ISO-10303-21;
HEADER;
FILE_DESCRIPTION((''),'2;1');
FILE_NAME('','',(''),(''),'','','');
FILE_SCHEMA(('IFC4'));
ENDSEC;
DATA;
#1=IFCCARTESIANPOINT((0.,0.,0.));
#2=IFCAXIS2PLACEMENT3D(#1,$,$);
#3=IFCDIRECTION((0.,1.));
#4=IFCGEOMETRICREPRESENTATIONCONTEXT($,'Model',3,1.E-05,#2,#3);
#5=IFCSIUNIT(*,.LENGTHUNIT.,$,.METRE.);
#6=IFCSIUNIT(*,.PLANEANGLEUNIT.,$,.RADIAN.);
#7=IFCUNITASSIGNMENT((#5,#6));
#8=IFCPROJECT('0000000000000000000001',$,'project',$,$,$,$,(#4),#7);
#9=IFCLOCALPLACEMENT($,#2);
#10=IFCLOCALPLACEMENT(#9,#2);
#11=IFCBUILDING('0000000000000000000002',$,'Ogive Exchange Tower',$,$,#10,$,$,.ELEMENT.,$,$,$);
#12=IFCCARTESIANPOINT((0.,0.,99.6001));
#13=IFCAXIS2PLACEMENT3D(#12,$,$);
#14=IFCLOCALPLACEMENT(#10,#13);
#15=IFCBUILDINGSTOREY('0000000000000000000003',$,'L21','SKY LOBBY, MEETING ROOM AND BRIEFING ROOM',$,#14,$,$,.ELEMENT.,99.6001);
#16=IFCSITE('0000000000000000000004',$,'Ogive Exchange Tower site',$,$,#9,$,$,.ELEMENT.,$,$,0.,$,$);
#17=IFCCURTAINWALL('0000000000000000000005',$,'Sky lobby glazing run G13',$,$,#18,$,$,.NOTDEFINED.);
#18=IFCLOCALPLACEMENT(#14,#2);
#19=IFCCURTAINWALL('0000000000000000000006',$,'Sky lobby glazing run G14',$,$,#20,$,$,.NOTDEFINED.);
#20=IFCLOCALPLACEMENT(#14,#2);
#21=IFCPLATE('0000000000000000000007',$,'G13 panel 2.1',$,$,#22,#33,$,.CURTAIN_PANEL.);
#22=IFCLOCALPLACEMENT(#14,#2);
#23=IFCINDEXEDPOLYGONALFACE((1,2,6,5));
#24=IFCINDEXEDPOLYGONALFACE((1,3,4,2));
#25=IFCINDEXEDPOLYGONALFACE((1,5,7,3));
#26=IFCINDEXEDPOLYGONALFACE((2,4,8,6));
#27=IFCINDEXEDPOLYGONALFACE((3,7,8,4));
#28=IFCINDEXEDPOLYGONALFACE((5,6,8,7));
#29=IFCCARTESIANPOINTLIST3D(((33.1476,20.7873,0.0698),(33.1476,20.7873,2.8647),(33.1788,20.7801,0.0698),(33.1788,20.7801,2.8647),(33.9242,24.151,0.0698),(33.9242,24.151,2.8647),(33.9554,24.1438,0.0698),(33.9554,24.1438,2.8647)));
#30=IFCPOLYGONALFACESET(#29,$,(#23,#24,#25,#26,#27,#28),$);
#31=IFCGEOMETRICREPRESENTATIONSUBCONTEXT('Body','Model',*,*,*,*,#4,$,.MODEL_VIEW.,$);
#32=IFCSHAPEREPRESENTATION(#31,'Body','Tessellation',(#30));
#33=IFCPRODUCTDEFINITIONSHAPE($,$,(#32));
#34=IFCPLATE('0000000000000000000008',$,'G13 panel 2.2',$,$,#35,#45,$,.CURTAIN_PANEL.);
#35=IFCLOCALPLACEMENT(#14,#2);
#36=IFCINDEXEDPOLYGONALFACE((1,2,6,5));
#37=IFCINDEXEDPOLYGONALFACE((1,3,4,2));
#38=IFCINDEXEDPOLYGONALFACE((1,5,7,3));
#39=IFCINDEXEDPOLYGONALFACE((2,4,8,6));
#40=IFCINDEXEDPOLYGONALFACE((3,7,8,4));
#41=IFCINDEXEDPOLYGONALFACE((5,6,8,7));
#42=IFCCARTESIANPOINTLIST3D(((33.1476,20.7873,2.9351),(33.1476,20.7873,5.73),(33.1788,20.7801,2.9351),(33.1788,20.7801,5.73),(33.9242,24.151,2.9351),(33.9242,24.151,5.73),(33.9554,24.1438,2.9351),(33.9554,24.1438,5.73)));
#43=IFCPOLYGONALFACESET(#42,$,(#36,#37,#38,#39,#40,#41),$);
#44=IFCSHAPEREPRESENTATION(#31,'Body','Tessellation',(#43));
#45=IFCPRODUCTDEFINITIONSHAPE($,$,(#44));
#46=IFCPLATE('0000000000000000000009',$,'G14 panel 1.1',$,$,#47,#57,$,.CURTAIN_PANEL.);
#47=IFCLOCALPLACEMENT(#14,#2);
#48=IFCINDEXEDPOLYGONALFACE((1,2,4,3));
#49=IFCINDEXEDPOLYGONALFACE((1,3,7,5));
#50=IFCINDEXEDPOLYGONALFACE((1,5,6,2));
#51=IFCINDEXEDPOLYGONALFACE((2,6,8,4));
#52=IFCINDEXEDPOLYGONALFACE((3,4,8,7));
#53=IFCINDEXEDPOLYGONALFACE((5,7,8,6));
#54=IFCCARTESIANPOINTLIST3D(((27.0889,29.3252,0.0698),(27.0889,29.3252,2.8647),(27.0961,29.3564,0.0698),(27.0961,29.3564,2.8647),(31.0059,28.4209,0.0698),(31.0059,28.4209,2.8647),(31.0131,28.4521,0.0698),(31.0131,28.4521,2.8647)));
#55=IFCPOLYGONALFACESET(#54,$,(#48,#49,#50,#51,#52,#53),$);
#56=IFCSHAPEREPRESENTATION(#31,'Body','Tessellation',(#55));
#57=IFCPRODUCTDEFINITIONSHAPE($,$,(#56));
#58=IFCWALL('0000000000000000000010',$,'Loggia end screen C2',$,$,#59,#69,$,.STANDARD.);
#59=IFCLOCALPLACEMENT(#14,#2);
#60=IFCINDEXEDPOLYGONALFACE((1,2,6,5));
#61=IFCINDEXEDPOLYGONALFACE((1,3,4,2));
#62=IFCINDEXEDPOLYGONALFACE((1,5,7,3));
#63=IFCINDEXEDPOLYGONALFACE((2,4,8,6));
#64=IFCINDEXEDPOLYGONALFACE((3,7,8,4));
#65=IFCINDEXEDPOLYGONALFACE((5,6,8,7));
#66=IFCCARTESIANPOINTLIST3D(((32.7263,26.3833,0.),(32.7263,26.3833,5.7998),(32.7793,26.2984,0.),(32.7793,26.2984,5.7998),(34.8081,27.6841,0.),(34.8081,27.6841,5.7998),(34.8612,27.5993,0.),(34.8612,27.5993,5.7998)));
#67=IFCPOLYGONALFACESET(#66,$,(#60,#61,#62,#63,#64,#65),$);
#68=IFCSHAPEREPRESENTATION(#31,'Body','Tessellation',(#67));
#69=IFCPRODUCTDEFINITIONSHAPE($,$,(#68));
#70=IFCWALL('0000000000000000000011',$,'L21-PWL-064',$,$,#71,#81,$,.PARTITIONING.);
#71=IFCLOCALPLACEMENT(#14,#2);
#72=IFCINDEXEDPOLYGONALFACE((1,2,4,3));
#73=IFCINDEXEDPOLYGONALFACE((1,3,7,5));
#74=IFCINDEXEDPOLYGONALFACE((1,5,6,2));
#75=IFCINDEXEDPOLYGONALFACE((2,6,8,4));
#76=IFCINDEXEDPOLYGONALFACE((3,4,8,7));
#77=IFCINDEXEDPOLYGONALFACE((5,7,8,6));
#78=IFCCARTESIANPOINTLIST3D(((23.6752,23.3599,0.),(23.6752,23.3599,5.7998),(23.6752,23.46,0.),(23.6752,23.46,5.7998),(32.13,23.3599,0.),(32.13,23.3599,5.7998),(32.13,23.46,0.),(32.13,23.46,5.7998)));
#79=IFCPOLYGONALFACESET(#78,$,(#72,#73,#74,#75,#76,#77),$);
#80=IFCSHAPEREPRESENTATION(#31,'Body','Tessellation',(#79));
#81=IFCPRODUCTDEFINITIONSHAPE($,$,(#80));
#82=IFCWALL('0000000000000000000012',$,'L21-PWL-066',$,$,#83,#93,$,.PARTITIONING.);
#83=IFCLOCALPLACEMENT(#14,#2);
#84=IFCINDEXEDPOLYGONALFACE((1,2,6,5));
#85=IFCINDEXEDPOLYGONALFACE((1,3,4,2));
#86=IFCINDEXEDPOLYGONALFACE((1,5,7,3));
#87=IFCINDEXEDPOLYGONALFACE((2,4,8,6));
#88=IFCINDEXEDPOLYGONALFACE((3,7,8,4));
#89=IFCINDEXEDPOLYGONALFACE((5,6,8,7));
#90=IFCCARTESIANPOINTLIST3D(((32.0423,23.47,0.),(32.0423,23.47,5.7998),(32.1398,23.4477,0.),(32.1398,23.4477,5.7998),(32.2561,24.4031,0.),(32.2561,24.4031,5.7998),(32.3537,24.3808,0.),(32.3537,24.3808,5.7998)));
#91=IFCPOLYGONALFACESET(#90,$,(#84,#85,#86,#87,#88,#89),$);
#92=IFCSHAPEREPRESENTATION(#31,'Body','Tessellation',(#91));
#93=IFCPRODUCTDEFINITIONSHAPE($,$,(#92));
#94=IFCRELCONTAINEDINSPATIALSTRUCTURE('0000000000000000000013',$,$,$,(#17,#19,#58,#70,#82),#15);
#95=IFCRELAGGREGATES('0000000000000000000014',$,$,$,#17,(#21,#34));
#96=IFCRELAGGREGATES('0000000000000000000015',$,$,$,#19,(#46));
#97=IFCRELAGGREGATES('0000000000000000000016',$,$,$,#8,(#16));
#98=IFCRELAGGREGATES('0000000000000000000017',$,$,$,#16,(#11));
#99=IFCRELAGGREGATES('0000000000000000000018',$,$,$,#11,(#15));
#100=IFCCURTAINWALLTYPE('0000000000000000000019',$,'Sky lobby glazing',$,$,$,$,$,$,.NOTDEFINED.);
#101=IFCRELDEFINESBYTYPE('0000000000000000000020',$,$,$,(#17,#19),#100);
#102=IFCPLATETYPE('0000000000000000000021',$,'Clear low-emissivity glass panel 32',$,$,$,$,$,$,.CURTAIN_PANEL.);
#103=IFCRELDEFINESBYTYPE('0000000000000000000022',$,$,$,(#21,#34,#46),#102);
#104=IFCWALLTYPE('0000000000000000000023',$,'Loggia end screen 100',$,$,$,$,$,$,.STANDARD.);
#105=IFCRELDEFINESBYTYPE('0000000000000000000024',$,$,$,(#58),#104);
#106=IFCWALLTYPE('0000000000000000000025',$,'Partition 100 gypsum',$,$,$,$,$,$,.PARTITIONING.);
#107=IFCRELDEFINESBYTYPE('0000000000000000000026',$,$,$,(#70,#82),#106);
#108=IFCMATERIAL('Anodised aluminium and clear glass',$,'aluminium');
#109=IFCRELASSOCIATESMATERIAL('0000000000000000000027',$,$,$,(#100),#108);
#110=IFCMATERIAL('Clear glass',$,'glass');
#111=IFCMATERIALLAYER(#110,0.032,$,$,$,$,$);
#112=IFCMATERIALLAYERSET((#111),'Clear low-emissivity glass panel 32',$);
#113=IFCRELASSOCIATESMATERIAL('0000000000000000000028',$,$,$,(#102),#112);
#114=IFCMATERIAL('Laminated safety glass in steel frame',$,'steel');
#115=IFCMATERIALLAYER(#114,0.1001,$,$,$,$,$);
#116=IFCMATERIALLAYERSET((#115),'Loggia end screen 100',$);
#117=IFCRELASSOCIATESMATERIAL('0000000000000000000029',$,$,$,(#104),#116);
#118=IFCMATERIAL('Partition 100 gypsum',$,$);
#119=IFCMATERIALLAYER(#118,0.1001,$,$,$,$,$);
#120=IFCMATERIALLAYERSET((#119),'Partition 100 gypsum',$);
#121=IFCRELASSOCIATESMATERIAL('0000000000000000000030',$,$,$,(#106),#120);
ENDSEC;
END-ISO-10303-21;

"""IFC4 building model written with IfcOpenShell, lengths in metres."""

from ifc_helpers import new_model, si_unit, direction, frame, frame_2d, origin, origin_2d, place, context, subcontext, project, spatial, rectangle, extrude, material, layer, layer_set, type_object, element, aggregate, save


model = new_model("IFC4")

# Units and contexts
model_context = context("Model", 3, precision=1e-05, world=origin(), true_north=direction((0.0, 1.0)))
body_context = subcontext(model_context, "Body", "Model", "MODEL_VIEW")
ifc_project = project(units=[si_unit("LENGTHUNIT", "METRE"), si_unit("PLANEANGLEUNIT", "RADIAN")], contexts=[model_context])

# Site, building, storey
site_placement = place(None, origin())
site = spatial("IfcSite", under=ifc_project, at=site_placement, Name="Ogive Exchange Tower site", CompositionType="ELEMENT", RefElevation=0.0)
building_placement = place(site_placement, origin())
building = spatial("IfcBuilding", under=site, at=building_placement, Name="Ogive Exchange Tower", CompositionType="ELEMENT")
storey_placement = place(building_placement, frame((0.0, 0.0, 99.6001)))
storey = spatial("IfcBuildingStorey", under=building, at=storey_placement, Name="L21", Description="SKY LOBBY, MEETING ROOM AND BRIEFING ROOM", CompositionType="ELEMENT", Elevation=99.6001)

# Curtain wall
ifc_material_1 = material(Name="Anodised aluminium and clear glass", Category="aluminium")
curtain_wall_type = type_object("IfcCurtainWallType", Name="Sky lobby glazing", PredefinedType="NOTDEFINED", material=ifc_material_1)
curtain_wall_1_placement = place(storey_placement, origin())
curtain_wall_1 = element("IfcCurtainWall", 1, at=curtain_wall_1_placement, inside=storey, type_object=curtain_wall_type, Name="Sky lobby glazing run G13", PredefinedType="NOTDEFINED")

# Curtain wall
curtain_wall_2_placement = place(storey_placement, origin())
curtain_wall_2 = element("IfcCurtainWall", 2, at=curtain_wall_2_placement, inside=storey, type_object=curtain_wall_type, Name="Sky lobby glazing run G14", PredefinedType="NOTDEFINED")

# Plates
ifc_material_2 = material(Name="Clear glass", Category="glass")
ifc_layer_1 = layer(ifc_material_2, 0.032)
ifc_layer_set_1 = layer_set([ifc_layer_1], Name="Clear low-emissivity glass panel 32")
plate_type = type_object("IfcPlateType", Name="Clear low-emissivity glass panel 32", PredefinedType="CURTAIN_PANEL", material=ifc_layer_set_1)
plate_1_placement = place(storey_placement, frame((33.5515, 22.4656, 0.0698), z_axis=(0.0, 0.0, 1.0), x_axis=(0.224957, 0.974369, 0.0)))
plate_1 = element("IfcPlate", 3, at=plate_1_placement, type_object=plate_type, Name="G13 panel 2.1", PredefinedType="CURTAIN_PANEL", context=body_context, shape_type="SweptSolid", body=[
    extrude(rectangle(XDim=3.4521, YDim=0.032, at=origin_2d()), origin(), (0.0, 0.0, 1.0), 2.7949),
])
plate_2_placement = place(storey_placement, frame((33.5515, 22.4656, 2.9351), z_axis=(0.0, 0.0, 1.0), x_axis=(0.224957, 0.974369, 0.0)))
plate_2 = element("IfcPlate", 4, at=plate_2_placement, type_object=plate_type, Name="G13 panel 2.2", PredefinedType="CURTAIN_PANEL", context=body_context, shape_type="SweptSolid", body=[
    extrude(rectangle(XDim=3.4521, YDim=0.032, at=origin_2d()), origin(), (0.0, 0.0, 1.0), 2.7949),
])
aggregate(curtain_wall_1, [plate_1, plate_2])
plate_3_placement = place(storey_placement, frame((29.051, 28.8887, 0.0698), z_axis=(0.0, 0.0, 1.0), x_axis=(-0.974371, 0.224947, 0.0)))
plate_3 = element("IfcPlate", 5, at=plate_3_placement, type_object=plate_type, Name="G14 panel 1.1", PredefinedType="CURTAIN_PANEL", context=body_context, shape_type="SweptSolid", body=[
    extrude(rectangle(XDim=4.02, YDim=0.032, at=origin_2d()), origin(), (0.0, 0.0, 1.0), 2.7949),
])
aggregate(curtain_wall_2, [plate_3])

# Walls
ifc_material_3 = material(Name="Laminated safety glass in steel frame", Category="steel")
ifc_layer_2 = layer(ifc_material_3, 0.1001)
ifc_layer_set_2 = layer_set([ifc_layer_2], Name="Loggia end screen 100")
wall_type_1 = type_object("IfcWallType", Name="Loggia end screen 100", PredefinedType="STANDARD", material=ifc_layer_set_2)
wall_1_placement = place(storey_placement, frame((32.7527, 26.3408, 0.0), z_axis=(0.0, 0.0, 1.0), x_axis=(0.84806, 0.529901, 0.0)))
element("IfcWall", 6, at=wall_1_placement, inside=storey, type_object=wall_type_1, Name="Loggia end screen C2", PredefinedType="STANDARD", context=body_context, shape_type="SweptSolid", body=[
    extrude(rectangle(XDim=2.4548, YDim=0.1001, at=frame_2d((1.2275, 0.0))), origin(), (0.0, 0.0, 1.0), 5.7998),
])
ifc_material_4 = material(Name="Partition 100 gypsum")
ifc_layer_3 = layer(ifc_material_4, 0.1001)
ifc_layer_set_3 = layer_set([ifc_layer_3], Name="Partition 100 gypsum")
wall_type_2 = type_object("IfcWallType", Name="Partition 100 gypsum", PredefinedType="PARTITIONING", material=ifc_layer_set_3)
wall_2_placement = place(storey_placement, frame((23.675, 23.4099, 0.0), z_axis=(0.0, 0.0, 1.0), x_axis=(1.0, 0.0, 0.0)))
element("IfcWall", 7, at=wall_2_placement, inside=storey, type_object=wall_type_2, Name="L21-PWL-064", PredefinedType="PARTITIONING", context=body_context, shape_type="SweptSolid", body=[
    extrude(rectangle(XDim=8.4548, YDim=0.1001, at=frame_2d((4.2275, 0.0))), origin(), (0.0, 0.0, 1.0), 5.7998),
])
wall_3_placement = place(storey_placement, frame((32.0911, 23.459, 0.0), z_axis=(0.0, 0.0, 1.0), x_axis=(0.223406, 0.974725, 0.0)))
element("IfcWall", 8, at=wall_3_placement, inside=storey, type_object=wall_type_2, Name="L21-PWL-066", PredefinedType="PARTITIONING", context=body_context, shape_type="SweptSolid", body=[
    extrude(rectangle(XDim=0.9573, YDim=0.1001, at=frame_2d((0.4785, 0.0))), origin(), (0.0, 0.0, 1.0), 5.7998),
])

save(model, "model.ifc")
